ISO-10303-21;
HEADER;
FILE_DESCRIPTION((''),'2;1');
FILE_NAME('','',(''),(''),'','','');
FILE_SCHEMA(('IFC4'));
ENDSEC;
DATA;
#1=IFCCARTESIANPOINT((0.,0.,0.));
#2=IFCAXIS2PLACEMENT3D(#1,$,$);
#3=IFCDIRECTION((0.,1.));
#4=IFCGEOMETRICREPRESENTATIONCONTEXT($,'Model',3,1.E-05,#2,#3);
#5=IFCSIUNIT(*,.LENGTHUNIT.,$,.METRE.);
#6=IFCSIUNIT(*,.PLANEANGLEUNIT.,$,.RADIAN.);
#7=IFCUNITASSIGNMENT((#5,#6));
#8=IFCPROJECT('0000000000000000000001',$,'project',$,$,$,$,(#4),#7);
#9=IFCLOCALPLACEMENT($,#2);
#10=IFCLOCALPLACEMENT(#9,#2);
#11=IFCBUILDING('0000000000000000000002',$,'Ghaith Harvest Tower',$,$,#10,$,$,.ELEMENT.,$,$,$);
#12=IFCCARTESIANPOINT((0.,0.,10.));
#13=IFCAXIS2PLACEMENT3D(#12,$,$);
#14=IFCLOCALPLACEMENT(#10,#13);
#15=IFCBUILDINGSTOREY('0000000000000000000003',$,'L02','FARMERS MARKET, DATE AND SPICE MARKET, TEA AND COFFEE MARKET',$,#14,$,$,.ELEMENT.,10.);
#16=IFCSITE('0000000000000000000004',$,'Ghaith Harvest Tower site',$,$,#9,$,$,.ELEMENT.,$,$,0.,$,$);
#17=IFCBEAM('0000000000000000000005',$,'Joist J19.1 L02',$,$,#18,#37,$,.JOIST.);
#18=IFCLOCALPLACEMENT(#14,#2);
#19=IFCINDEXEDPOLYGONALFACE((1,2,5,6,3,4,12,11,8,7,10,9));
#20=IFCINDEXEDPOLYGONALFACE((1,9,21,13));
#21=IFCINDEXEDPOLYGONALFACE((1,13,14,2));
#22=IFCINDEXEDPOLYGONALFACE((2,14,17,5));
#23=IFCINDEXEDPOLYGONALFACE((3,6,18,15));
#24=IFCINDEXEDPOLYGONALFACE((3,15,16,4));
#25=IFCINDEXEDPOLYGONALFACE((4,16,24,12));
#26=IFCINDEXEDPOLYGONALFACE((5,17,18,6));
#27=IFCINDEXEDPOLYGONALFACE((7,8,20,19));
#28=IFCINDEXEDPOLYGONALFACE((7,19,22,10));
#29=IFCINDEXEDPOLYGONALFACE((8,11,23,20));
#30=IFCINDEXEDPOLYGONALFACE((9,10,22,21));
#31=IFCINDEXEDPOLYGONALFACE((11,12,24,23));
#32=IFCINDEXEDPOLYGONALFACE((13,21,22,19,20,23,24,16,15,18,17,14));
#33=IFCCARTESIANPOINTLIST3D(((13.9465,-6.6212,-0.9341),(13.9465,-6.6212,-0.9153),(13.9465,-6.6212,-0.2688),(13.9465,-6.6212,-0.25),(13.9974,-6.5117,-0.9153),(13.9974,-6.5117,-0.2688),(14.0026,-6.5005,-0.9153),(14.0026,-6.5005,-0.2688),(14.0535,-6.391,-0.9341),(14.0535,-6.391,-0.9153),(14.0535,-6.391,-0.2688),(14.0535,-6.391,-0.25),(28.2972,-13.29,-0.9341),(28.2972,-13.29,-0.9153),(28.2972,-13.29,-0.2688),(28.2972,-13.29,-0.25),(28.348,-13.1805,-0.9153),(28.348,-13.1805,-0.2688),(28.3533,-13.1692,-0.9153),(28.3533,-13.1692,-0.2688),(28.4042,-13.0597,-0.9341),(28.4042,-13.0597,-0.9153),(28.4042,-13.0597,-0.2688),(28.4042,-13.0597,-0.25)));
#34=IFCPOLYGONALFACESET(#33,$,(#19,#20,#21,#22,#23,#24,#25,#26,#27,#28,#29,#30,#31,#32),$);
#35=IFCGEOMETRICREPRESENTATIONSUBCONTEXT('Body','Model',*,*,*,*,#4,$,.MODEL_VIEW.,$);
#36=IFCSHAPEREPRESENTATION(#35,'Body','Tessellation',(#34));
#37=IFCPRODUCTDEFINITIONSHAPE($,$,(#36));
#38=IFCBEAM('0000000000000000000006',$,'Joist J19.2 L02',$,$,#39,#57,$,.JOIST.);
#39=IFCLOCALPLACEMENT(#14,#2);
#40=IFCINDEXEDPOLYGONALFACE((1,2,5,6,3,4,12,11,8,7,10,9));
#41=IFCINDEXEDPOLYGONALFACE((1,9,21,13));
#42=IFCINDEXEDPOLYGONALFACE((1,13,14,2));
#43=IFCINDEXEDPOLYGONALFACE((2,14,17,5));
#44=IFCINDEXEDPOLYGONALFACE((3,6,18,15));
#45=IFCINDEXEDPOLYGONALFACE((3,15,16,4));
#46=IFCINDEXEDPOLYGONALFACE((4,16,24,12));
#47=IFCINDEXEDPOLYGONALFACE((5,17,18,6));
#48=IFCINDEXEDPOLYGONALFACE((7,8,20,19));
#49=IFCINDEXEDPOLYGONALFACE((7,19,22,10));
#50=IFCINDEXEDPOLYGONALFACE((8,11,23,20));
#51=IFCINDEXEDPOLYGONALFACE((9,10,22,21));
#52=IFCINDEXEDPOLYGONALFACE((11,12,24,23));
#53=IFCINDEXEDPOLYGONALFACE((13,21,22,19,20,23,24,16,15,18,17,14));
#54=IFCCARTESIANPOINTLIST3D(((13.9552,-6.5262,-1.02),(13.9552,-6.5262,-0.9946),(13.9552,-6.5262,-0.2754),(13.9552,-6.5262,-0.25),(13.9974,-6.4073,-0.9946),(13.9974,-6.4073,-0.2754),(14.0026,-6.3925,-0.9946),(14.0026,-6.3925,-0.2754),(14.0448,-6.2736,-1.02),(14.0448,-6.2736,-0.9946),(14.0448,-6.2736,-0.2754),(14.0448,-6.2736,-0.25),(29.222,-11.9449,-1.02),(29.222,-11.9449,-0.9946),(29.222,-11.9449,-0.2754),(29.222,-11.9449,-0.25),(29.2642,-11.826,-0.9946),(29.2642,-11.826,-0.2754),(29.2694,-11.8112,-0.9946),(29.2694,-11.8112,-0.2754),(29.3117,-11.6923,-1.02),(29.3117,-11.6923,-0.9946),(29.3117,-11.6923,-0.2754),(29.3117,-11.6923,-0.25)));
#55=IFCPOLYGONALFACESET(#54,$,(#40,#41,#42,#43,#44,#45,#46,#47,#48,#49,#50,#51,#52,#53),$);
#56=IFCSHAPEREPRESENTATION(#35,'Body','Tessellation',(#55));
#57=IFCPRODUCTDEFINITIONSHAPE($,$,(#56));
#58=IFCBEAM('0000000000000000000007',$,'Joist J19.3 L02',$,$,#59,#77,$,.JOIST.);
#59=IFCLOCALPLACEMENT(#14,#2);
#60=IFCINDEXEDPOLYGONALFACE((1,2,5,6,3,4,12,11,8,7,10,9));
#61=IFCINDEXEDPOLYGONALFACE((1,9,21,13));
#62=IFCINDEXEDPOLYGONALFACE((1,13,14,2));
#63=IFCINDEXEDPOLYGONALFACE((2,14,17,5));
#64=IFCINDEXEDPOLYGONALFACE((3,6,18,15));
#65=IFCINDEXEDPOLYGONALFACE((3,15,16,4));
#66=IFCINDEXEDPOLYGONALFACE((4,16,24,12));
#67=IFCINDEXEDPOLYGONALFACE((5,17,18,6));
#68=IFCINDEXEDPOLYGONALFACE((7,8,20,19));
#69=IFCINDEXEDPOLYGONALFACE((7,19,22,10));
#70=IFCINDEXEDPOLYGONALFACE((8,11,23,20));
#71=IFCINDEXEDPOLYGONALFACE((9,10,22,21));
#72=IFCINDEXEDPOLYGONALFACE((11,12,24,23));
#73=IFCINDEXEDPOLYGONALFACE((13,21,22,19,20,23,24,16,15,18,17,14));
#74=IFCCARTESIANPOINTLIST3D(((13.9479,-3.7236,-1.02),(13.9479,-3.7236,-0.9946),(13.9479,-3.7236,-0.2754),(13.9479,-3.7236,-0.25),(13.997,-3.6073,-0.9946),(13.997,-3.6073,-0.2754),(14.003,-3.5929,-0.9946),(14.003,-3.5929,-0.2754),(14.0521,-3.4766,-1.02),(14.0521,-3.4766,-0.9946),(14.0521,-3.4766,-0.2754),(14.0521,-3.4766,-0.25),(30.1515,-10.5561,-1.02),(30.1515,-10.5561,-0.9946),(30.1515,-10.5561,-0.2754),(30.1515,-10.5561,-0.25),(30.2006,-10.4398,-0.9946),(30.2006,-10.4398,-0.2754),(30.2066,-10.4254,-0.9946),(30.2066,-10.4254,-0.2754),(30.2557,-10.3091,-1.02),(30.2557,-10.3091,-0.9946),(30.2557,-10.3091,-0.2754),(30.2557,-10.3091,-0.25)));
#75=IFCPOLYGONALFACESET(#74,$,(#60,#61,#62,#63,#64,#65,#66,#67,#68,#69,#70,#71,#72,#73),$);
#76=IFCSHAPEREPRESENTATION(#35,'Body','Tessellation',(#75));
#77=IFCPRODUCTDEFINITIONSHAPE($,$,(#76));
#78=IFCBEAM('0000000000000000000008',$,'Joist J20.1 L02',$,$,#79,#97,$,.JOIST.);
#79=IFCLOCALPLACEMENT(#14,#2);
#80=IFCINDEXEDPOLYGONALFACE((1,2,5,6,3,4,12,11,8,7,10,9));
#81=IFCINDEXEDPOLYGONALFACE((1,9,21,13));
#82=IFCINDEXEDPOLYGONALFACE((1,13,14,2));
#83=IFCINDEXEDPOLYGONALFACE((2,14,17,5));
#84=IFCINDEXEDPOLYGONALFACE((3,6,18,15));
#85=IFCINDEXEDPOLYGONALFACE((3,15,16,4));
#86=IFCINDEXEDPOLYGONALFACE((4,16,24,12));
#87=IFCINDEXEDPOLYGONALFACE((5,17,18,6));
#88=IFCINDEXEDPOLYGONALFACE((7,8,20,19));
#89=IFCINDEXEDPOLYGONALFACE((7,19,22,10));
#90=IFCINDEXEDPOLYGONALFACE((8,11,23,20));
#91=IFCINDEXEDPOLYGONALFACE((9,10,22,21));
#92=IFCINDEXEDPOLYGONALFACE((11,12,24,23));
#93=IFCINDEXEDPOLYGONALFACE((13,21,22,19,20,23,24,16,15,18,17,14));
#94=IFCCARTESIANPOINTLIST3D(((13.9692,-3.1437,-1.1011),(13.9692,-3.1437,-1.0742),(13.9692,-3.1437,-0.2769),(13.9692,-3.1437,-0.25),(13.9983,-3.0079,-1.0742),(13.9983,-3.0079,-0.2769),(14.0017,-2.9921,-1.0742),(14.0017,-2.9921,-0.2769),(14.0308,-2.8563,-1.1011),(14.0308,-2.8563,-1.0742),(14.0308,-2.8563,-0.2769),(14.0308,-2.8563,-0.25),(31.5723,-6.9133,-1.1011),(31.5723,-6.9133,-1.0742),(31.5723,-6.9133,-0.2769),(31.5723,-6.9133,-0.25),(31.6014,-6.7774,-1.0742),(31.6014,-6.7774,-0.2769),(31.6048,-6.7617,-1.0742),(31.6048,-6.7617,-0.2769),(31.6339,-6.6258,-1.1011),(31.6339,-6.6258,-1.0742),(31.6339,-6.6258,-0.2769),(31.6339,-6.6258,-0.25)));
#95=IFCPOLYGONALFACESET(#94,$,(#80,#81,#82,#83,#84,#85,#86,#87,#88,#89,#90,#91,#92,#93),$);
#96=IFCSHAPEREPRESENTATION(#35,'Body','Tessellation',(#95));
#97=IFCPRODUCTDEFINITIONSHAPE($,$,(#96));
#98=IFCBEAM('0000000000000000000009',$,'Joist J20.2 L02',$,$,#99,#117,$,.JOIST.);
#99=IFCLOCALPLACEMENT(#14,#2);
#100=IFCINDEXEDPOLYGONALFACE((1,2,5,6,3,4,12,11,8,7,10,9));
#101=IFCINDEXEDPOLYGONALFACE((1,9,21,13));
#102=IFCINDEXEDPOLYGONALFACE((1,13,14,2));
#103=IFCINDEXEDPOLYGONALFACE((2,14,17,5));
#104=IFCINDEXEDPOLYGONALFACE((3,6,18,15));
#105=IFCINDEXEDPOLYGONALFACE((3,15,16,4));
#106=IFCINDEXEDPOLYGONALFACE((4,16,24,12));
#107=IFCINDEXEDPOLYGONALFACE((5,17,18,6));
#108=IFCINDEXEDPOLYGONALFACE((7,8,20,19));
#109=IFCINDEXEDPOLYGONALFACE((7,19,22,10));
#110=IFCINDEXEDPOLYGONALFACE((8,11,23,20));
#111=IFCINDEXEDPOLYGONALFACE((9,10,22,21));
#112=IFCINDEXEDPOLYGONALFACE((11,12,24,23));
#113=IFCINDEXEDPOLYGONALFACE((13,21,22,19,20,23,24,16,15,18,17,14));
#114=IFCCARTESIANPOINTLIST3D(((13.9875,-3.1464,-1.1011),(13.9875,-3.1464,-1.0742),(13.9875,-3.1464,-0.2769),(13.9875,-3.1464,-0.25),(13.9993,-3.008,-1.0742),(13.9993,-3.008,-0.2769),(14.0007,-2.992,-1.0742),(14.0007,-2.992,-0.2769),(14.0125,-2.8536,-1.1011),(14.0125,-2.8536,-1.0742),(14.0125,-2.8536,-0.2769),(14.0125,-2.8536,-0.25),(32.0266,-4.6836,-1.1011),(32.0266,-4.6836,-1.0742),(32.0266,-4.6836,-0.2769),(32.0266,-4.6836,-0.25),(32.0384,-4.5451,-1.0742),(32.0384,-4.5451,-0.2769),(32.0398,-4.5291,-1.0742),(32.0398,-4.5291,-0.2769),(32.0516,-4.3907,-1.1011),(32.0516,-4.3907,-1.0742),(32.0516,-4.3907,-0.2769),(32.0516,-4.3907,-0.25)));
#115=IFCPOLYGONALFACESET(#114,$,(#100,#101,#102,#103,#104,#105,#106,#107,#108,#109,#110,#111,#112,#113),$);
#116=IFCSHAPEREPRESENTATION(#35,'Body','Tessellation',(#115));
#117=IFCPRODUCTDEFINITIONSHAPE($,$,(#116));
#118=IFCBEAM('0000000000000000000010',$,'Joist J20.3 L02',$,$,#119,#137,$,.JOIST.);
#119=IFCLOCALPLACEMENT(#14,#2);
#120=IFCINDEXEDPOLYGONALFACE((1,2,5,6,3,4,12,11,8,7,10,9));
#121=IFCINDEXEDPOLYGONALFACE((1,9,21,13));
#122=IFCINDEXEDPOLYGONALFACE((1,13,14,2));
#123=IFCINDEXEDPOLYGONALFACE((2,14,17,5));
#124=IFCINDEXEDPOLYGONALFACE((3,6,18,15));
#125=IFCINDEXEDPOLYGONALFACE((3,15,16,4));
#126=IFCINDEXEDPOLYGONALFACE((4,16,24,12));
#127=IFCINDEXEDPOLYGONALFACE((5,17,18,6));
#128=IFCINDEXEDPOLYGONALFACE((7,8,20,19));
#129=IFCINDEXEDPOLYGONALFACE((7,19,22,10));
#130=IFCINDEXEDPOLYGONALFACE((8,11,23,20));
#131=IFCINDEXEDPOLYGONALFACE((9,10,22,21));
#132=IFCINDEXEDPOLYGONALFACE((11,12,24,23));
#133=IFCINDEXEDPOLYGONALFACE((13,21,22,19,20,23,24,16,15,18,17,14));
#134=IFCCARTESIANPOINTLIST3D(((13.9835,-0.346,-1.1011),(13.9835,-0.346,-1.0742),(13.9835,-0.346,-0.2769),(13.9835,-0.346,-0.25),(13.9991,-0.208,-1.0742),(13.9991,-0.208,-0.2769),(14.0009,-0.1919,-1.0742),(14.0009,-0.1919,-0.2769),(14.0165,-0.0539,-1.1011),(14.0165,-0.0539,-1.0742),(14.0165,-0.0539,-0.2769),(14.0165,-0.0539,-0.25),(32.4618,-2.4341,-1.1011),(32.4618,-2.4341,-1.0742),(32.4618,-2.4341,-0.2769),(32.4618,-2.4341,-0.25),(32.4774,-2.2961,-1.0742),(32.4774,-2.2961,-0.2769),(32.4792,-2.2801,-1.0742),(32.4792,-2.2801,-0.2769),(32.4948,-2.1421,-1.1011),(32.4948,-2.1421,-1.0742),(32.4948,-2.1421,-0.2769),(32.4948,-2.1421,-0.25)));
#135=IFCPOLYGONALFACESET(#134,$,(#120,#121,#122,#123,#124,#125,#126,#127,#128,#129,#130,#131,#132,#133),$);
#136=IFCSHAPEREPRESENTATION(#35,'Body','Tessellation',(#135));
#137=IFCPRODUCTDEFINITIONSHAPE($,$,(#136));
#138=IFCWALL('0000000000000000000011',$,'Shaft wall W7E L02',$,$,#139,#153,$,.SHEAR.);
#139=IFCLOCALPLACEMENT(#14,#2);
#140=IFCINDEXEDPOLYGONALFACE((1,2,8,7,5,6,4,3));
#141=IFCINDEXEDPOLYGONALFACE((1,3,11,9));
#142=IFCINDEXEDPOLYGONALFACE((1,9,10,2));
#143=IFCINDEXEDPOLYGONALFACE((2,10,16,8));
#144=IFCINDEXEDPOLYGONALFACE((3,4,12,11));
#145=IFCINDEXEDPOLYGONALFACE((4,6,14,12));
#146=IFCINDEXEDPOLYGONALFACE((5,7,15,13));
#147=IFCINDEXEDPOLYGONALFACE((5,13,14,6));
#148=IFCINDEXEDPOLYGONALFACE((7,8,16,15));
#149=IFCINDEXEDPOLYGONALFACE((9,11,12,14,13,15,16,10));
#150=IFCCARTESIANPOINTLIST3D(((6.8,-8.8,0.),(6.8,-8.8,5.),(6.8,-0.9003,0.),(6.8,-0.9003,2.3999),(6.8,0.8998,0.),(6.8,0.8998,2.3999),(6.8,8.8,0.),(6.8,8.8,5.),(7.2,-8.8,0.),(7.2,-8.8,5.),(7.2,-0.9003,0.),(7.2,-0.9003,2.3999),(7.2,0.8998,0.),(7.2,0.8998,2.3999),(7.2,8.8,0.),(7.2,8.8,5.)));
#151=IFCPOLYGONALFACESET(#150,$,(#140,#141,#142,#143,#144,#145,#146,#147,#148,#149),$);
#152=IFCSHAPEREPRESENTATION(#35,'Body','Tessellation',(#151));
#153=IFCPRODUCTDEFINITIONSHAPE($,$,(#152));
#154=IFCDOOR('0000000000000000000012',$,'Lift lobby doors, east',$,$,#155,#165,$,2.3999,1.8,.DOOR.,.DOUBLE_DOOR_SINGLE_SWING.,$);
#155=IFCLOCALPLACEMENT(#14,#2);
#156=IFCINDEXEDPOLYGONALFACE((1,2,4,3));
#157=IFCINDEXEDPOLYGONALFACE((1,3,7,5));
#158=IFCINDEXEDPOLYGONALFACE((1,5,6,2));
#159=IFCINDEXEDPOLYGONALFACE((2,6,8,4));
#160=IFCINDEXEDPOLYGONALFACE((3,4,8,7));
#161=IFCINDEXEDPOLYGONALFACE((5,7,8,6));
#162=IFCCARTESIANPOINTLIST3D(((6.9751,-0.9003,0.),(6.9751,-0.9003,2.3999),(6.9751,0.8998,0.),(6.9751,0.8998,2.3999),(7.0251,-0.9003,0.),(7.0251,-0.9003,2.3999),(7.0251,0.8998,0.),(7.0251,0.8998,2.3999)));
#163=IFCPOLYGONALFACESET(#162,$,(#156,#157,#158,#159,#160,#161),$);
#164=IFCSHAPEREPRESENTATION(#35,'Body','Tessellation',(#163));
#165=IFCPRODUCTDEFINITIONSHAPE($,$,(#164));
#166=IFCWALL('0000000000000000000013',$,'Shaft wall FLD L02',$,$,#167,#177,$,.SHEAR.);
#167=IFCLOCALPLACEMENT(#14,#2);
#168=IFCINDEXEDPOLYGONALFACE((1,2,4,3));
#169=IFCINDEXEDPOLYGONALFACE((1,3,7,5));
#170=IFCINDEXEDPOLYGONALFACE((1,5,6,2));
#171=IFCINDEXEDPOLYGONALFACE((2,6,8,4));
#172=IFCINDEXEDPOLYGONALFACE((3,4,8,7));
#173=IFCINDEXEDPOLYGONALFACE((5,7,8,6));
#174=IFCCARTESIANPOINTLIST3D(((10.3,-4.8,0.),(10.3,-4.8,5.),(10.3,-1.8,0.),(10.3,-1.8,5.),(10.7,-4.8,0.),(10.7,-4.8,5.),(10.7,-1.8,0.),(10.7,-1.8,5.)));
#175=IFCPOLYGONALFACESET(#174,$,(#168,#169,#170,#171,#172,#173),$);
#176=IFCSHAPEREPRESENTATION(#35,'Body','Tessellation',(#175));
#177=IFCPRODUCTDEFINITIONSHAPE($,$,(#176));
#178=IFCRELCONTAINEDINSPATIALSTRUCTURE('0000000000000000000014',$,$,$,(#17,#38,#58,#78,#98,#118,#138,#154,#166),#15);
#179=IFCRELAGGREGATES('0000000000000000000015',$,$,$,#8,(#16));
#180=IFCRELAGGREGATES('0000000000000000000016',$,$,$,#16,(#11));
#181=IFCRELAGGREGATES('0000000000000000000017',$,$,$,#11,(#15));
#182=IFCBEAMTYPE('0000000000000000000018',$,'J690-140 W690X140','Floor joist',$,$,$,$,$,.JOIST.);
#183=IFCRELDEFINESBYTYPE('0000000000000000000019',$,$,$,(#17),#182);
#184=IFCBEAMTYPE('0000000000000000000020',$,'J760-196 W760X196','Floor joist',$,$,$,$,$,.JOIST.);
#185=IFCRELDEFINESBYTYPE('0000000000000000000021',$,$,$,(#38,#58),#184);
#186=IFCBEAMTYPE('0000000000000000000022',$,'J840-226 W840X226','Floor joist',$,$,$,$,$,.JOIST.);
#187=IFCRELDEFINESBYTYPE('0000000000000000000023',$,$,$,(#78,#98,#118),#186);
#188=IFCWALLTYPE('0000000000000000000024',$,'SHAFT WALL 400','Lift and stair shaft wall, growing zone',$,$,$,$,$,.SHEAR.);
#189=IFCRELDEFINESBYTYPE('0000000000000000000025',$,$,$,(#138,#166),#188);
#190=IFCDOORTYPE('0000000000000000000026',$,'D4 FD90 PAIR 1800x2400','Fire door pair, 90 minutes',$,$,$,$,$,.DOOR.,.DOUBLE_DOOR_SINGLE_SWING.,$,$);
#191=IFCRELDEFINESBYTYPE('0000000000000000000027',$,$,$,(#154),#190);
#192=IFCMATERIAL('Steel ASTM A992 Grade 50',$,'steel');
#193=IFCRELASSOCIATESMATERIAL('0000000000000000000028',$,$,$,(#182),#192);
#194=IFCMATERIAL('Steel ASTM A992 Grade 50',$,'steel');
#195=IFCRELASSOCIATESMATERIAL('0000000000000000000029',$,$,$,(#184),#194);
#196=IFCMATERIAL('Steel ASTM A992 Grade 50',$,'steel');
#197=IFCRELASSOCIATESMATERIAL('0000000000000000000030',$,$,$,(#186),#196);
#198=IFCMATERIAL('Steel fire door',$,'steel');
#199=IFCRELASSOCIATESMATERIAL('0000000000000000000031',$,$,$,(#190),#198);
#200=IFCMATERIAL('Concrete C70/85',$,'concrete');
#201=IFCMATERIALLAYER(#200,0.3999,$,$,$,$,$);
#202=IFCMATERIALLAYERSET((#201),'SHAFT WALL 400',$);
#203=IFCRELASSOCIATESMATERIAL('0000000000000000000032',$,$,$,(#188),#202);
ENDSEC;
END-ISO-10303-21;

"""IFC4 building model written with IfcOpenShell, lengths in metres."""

from ifc_helpers import new_model, si_unit, direction, frame, frame_2d, origin, origin_2d, place, context, subcontext, project, spatial, rectangle, i_section, extrude, material, layer, layer_set, material_profile, profile_set, type_object, element, fill, save


model = new_model("IFC4")

# Units and contexts
model_context = context("Model", 3, precision=1e-05, world=origin(), true_north=direction((0.0, 1.0)))
body_context = subcontext(model_context, "Body", "Model", "MODEL_VIEW")
ifc_project = project(units=[si_unit("LENGTHUNIT", "METRE"), si_unit("PLANEANGLEUNIT", "RADIAN")], contexts=[model_context])

# Site, building, storey
site_placement = place(None, origin())
site = spatial("IfcSite", under=ifc_project, at=site_placement, Name="Ghaith Harvest Tower site", CompositionType="ELEMENT", RefElevation=0.0)
building_placement = place(site_placement, origin())
building = spatial("IfcBuilding", under=site, at=building_placement, Name="Ghaith Harvest Tower", CompositionType="ELEMENT")
storey_placement = place(building_placement, frame((0.0, 0.0, 10.0)))
storey = spatial("IfcBuildingStorey", under=building, at=storey_placement, Name="L02", Description="FARMERS MARKET, DATE AND SPICE MARKET, TEA AND COFFEE MARKET", CompositionType="ELEMENT", Elevation=10.0)

# Beams
ifc_material_1 = material(Name="Steel ASTM A992 Grade 50", Category="steel")
ifc_material_profile_1 = material_profile(ifc_material_1, i_section(OverallWidth=0.2539, OverallDepth=0.6841, WebThickness=0.0125, FlangeThickness=0.0188, at=origin_2d()), Name="W690X140")
ifc_profile_set_1 = profile_set([ifc_material_profile_1], Name="Steel ASTM A992 Grade 50")
beam_type_1 = type_object("IfcBeamType", Name="J690-140 W690X140", Description="Floor joist", PredefinedType="JOIST", material=ifc_profile_set_1)
beam_1_placement = place(storey_placement, frame((14.0, -6.5061, -0.592), z_axis=(0.906866, -0.42142, 0.0), x_axis=(0.42142, 0.906866, 0.0)))
element("IfcBeam", 1, at=beam_1_placement, inside=storey, type_object=beam_type_1, Name="Joist J19.1 L02", PredefinedType="JOIST", context=body_context, shape_type="SweptSolid", body=[
    extrude(i_section(OverallWidth=0.2539, OverallDepth=0.6841, WebThickness=0.0125, FlangeThickness=0.0188, at=origin_2d()), origin(), (0.0, 0.0, 1.0), 15.8245),
])
ifc_material_2 = material(Name="Steel ASTM A992 Grade 50", Category="steel")
ifc_material_profile_2 = material_profile(ifc_material_2, i_section(OverallWidth=0.2681, OverallDepth=0.77, WebThickness=0.0156, FlangeThickness=0.0254, at=origin_2d()), Name="W760X196")
ifc_profile_set_2 = profile_set([ifc_material_profile_2], Name="Steel ASTM A992 Grade 50")
beam_type_2 = type_object("IfcBeamType", Name="J760-196 W760X196", Description="Floor joist", PredefinedType="JOIST", material=ifc_profile_set_2)
beam_2_placement = place(storey_placement, frame((14.0, -6.3999, -0.635), z_axis=(0.9424, -0.334488, 0.0), x_axis=(0.334488, 0.9424, 0.0)))
element("IfcBeam", 2, at=beam_2_placement, inside=storey, type_object=beam_type_2, Name="Joist J19.2 L02", PredefinedType="JOIST", context=body_context, shape_type="SweptSolid", body=[
    extrude(i_section(OverallWidth=0.2681, OverallDepth=0.77, WebThickness=0.0156, FlangeThickness=0.0254, at=origin_2d()), origin(), (0.0, 0.0, 1.0), 16.2),
])
beam_3_placement = place(storey_placement, frame((14.0, -3.6001, -0.635), z_axis=(0.921433, -0.388537, 0.0), x_axis=(0.388537, 0.921433, 0.0)))
element("IfcBeam", 3, at=beam_3_placement, inside=storey, type_object=beam_type_2, Name="Joist J19.3 L02", PredefinedType="JOIST", context=body_context, shape_type="SweptSolid", body=[
    extrude(i_section(OverallWidth=0.2681, OverallDepth=0.77, WebThickness=0.0156, FlangeThickness=0.0254, at=origin_2d()), origin(), (0.0, 0.0, 1.0), 17.5852),
])
ifc_material_3 = material(Name="Steel ASTM A992 Grade 50", Category="steel")
ifc_material_profile_3 = material_profile(ifc_material_3, i_section(OverallWidth=0.2939, OverallDepth=0.8511, WebThickness=0.0161, FlangeThickness=0.0269, at=origin_2d()), Name="W840X226")
ifc_profile_set_3 = profile_set([ifc_material_profile_3], Name="Steel ASTM A992 Grade 50")
beam_type_3 = type_object("IfcBeamType", Name="J840-226 W840X226", Description="Floor joist", PredefinedType="JOIST", material=ifc_profile_set_3)
beam_4_placement = place(storey_placement, frame((14.0, -3.0, -0.6755), z_axis=(0.977831, -0.209394, 0.0), x_axis=(0.209394, 0.977831, 0.0)))
element("IfcBeam", 4, at=beam_4_placement, inside=storey, type_object=beam_type_3, Name="Joist J20.1 L02", PredefinedType="JOIST", context=body_context, shape_type="SweptSolid", body=[
    extrude(i_section(OverallWidth=0.2939, OverallDepth=0.8511, WebThickness=0.0161, FlangeThickness=0.0269, at=origin_2d()), origin(), (0.0, 0.0, 1.0), 18.0022),
])
beam_5_placement = place(storey_placement, frame((14.0, -3.0, -0.6755), z_axis=(0.996389, -0.084902, 0.0), x_axis=(0.084902, 0.996389, 0.0)))
element("IfcBeam", 5, at=beam_5_placement, inside=storey, type_object=beam_type_3, Name="Joist J20.2 L02", PredefinedType="JOIST", context=body_context, shape_type="SweptSolid", body=[
    extrude(i_section(OverallWidth=0.2939, OverallDepth=0.8511, WebThickness=0.0161, FlangeThickness=0.0269, at=origin_2d()), origin(), (0.0, 0.0, 1.0), 18.1045),
])
beam_6_placement = place(storey_placement, frame((14.0, -0.2, -0.6755), z_axis=(0.993675, -0.11229, 0.0), x_axis=(0.11229, 0.993675, 0.0)))
element("IfcBeam", 6, at=beam_6_placement, inside=storey, type_object=beam_type_3, Name="Joist J20.3 L02", PredefinedType="JOIST", context=body_context, shape_type="SweptSolid", body=[
    extrude(i_section(OverallWidth=0.2939, OverallDepth=0.8511, WebThickness=0.0161, FlangeThickness=0.0269, at=origin_2d()), origin(), (0.0, 0.0, 1.0), 18.5959),
])

# Wall, opening, door
ifc_material_4 = material(Name="Steel fire door", Category="steel")
door_type_1 = type_object("IfcDoorType", Name="D4 FD90 PAIR 1800x2400", Description="Fire door pair, 90 minutes", OperationType="DOUBLE_DOOR_SINGLE_SWING", PredefinedType="DOOR", material=ifc_material_4)
ifc_material_5 = material(Name="Concrete C70/85", Category="concrete")
ifc_layer_1 = layer(ifc_material_5, 0.3999)
ifc_layer_set_1 = layer_set([ifc_layer_1], Name="SHAFT WALL 400")
wall_type_1 = type_object("IfcWallType", Name="SHAFT WALL 400", Description="Lift and stair shaft wall, growing zone", PredefinedType="SHEAR", material=ifc_layer_set_1)
wall_1_placement = place(storey_placement, frame((7.0, -8.8, 0.0), z_axis=(0.0, 0.0, 1.0), x_axis=(0.0, 1.0, 0.0)))
wall_1 = element("IfcWall", 7, at=wall_1_placement, inside=storey, type_object=wall_type_1, Name="Shaft wall W7E L02", PredefinedType="SHEAR", context=body_context, shape_type="SweptSolid", body=[
    extrude(rectangle(XDim=17.6001, YDim=0.3999, at=frame_2d((8.8, 0.0))), origin(), (0.0, 0.0, 1.0), 5.0),
])
opening_1_placement = place(wall_1_placement, frame((7.8999, 0.0, 0.0)))
opening_1 = element("IfcOpeningElement", 8, at=opening_1_placement, cuts=wall_1, PredefinedType="OPENING", context=body_context, shape_type="SweptSolid", body=[
    extrude(rectangle(XDim=1.8, YDim=2.3999, at=frame_2d((0.8999, 1.2))), frame((0.0, 0.21, 0.0), z_axis=(0.0, -1.0, 0.0), x_axis=(1.0, 0.0, 0.0)), (0.0, 0.0, 1.0), 0.4199),
])
door_1_placement = place(opening_1_placement, origin())
door_1 = element("IfcDoor", 9, at=door_1_placement, inside=storey, type_object=door_type_1, Name="Lift lobby doors, east", OperationType="DOUBLE_DOOR_SINGLE_SWING", OverallHeight=2.3999, OverallWidth=1.8, PredefinedType="DOOR", context=body_context, shape_type="SweptSolid", body=[
    extrude(rectangle(XDim=1.8, YDim=2.3999, at=frame_2d((0.8999, 1.2))), frame((0.0, 0.0249, 0.0), z_axis=(0.0, -1.0, 0.0), x_axis=(1.0, 0.0, 0.0)), (0.0, 0.0, 1.0), 0.05),
])
fill(opening_1, door_1)

# Wall
wall_2_placement = place(storey_placement, frame((10.5, -4.8, 0.0), z_axis=(0.0, 0.0, 1.0), x_axis=(0.0, 1.0, 0.0)))
element("IfcWall", 10, at=wall_2_placement, inside=storey, type_object=wall_type_1, Name="Shaft wall FLD L02", PredefinedType="SHEAR", context=body_context, shape_type="SweptSolid", body=[
    extrude(rectangle(XDim=3.0, YDim=0.3999, at=frame_2d((1.5, 0.0))), origin(), (0.0, 0.0, 1.0), 5.0),
])

save(model, "model.ifc")
